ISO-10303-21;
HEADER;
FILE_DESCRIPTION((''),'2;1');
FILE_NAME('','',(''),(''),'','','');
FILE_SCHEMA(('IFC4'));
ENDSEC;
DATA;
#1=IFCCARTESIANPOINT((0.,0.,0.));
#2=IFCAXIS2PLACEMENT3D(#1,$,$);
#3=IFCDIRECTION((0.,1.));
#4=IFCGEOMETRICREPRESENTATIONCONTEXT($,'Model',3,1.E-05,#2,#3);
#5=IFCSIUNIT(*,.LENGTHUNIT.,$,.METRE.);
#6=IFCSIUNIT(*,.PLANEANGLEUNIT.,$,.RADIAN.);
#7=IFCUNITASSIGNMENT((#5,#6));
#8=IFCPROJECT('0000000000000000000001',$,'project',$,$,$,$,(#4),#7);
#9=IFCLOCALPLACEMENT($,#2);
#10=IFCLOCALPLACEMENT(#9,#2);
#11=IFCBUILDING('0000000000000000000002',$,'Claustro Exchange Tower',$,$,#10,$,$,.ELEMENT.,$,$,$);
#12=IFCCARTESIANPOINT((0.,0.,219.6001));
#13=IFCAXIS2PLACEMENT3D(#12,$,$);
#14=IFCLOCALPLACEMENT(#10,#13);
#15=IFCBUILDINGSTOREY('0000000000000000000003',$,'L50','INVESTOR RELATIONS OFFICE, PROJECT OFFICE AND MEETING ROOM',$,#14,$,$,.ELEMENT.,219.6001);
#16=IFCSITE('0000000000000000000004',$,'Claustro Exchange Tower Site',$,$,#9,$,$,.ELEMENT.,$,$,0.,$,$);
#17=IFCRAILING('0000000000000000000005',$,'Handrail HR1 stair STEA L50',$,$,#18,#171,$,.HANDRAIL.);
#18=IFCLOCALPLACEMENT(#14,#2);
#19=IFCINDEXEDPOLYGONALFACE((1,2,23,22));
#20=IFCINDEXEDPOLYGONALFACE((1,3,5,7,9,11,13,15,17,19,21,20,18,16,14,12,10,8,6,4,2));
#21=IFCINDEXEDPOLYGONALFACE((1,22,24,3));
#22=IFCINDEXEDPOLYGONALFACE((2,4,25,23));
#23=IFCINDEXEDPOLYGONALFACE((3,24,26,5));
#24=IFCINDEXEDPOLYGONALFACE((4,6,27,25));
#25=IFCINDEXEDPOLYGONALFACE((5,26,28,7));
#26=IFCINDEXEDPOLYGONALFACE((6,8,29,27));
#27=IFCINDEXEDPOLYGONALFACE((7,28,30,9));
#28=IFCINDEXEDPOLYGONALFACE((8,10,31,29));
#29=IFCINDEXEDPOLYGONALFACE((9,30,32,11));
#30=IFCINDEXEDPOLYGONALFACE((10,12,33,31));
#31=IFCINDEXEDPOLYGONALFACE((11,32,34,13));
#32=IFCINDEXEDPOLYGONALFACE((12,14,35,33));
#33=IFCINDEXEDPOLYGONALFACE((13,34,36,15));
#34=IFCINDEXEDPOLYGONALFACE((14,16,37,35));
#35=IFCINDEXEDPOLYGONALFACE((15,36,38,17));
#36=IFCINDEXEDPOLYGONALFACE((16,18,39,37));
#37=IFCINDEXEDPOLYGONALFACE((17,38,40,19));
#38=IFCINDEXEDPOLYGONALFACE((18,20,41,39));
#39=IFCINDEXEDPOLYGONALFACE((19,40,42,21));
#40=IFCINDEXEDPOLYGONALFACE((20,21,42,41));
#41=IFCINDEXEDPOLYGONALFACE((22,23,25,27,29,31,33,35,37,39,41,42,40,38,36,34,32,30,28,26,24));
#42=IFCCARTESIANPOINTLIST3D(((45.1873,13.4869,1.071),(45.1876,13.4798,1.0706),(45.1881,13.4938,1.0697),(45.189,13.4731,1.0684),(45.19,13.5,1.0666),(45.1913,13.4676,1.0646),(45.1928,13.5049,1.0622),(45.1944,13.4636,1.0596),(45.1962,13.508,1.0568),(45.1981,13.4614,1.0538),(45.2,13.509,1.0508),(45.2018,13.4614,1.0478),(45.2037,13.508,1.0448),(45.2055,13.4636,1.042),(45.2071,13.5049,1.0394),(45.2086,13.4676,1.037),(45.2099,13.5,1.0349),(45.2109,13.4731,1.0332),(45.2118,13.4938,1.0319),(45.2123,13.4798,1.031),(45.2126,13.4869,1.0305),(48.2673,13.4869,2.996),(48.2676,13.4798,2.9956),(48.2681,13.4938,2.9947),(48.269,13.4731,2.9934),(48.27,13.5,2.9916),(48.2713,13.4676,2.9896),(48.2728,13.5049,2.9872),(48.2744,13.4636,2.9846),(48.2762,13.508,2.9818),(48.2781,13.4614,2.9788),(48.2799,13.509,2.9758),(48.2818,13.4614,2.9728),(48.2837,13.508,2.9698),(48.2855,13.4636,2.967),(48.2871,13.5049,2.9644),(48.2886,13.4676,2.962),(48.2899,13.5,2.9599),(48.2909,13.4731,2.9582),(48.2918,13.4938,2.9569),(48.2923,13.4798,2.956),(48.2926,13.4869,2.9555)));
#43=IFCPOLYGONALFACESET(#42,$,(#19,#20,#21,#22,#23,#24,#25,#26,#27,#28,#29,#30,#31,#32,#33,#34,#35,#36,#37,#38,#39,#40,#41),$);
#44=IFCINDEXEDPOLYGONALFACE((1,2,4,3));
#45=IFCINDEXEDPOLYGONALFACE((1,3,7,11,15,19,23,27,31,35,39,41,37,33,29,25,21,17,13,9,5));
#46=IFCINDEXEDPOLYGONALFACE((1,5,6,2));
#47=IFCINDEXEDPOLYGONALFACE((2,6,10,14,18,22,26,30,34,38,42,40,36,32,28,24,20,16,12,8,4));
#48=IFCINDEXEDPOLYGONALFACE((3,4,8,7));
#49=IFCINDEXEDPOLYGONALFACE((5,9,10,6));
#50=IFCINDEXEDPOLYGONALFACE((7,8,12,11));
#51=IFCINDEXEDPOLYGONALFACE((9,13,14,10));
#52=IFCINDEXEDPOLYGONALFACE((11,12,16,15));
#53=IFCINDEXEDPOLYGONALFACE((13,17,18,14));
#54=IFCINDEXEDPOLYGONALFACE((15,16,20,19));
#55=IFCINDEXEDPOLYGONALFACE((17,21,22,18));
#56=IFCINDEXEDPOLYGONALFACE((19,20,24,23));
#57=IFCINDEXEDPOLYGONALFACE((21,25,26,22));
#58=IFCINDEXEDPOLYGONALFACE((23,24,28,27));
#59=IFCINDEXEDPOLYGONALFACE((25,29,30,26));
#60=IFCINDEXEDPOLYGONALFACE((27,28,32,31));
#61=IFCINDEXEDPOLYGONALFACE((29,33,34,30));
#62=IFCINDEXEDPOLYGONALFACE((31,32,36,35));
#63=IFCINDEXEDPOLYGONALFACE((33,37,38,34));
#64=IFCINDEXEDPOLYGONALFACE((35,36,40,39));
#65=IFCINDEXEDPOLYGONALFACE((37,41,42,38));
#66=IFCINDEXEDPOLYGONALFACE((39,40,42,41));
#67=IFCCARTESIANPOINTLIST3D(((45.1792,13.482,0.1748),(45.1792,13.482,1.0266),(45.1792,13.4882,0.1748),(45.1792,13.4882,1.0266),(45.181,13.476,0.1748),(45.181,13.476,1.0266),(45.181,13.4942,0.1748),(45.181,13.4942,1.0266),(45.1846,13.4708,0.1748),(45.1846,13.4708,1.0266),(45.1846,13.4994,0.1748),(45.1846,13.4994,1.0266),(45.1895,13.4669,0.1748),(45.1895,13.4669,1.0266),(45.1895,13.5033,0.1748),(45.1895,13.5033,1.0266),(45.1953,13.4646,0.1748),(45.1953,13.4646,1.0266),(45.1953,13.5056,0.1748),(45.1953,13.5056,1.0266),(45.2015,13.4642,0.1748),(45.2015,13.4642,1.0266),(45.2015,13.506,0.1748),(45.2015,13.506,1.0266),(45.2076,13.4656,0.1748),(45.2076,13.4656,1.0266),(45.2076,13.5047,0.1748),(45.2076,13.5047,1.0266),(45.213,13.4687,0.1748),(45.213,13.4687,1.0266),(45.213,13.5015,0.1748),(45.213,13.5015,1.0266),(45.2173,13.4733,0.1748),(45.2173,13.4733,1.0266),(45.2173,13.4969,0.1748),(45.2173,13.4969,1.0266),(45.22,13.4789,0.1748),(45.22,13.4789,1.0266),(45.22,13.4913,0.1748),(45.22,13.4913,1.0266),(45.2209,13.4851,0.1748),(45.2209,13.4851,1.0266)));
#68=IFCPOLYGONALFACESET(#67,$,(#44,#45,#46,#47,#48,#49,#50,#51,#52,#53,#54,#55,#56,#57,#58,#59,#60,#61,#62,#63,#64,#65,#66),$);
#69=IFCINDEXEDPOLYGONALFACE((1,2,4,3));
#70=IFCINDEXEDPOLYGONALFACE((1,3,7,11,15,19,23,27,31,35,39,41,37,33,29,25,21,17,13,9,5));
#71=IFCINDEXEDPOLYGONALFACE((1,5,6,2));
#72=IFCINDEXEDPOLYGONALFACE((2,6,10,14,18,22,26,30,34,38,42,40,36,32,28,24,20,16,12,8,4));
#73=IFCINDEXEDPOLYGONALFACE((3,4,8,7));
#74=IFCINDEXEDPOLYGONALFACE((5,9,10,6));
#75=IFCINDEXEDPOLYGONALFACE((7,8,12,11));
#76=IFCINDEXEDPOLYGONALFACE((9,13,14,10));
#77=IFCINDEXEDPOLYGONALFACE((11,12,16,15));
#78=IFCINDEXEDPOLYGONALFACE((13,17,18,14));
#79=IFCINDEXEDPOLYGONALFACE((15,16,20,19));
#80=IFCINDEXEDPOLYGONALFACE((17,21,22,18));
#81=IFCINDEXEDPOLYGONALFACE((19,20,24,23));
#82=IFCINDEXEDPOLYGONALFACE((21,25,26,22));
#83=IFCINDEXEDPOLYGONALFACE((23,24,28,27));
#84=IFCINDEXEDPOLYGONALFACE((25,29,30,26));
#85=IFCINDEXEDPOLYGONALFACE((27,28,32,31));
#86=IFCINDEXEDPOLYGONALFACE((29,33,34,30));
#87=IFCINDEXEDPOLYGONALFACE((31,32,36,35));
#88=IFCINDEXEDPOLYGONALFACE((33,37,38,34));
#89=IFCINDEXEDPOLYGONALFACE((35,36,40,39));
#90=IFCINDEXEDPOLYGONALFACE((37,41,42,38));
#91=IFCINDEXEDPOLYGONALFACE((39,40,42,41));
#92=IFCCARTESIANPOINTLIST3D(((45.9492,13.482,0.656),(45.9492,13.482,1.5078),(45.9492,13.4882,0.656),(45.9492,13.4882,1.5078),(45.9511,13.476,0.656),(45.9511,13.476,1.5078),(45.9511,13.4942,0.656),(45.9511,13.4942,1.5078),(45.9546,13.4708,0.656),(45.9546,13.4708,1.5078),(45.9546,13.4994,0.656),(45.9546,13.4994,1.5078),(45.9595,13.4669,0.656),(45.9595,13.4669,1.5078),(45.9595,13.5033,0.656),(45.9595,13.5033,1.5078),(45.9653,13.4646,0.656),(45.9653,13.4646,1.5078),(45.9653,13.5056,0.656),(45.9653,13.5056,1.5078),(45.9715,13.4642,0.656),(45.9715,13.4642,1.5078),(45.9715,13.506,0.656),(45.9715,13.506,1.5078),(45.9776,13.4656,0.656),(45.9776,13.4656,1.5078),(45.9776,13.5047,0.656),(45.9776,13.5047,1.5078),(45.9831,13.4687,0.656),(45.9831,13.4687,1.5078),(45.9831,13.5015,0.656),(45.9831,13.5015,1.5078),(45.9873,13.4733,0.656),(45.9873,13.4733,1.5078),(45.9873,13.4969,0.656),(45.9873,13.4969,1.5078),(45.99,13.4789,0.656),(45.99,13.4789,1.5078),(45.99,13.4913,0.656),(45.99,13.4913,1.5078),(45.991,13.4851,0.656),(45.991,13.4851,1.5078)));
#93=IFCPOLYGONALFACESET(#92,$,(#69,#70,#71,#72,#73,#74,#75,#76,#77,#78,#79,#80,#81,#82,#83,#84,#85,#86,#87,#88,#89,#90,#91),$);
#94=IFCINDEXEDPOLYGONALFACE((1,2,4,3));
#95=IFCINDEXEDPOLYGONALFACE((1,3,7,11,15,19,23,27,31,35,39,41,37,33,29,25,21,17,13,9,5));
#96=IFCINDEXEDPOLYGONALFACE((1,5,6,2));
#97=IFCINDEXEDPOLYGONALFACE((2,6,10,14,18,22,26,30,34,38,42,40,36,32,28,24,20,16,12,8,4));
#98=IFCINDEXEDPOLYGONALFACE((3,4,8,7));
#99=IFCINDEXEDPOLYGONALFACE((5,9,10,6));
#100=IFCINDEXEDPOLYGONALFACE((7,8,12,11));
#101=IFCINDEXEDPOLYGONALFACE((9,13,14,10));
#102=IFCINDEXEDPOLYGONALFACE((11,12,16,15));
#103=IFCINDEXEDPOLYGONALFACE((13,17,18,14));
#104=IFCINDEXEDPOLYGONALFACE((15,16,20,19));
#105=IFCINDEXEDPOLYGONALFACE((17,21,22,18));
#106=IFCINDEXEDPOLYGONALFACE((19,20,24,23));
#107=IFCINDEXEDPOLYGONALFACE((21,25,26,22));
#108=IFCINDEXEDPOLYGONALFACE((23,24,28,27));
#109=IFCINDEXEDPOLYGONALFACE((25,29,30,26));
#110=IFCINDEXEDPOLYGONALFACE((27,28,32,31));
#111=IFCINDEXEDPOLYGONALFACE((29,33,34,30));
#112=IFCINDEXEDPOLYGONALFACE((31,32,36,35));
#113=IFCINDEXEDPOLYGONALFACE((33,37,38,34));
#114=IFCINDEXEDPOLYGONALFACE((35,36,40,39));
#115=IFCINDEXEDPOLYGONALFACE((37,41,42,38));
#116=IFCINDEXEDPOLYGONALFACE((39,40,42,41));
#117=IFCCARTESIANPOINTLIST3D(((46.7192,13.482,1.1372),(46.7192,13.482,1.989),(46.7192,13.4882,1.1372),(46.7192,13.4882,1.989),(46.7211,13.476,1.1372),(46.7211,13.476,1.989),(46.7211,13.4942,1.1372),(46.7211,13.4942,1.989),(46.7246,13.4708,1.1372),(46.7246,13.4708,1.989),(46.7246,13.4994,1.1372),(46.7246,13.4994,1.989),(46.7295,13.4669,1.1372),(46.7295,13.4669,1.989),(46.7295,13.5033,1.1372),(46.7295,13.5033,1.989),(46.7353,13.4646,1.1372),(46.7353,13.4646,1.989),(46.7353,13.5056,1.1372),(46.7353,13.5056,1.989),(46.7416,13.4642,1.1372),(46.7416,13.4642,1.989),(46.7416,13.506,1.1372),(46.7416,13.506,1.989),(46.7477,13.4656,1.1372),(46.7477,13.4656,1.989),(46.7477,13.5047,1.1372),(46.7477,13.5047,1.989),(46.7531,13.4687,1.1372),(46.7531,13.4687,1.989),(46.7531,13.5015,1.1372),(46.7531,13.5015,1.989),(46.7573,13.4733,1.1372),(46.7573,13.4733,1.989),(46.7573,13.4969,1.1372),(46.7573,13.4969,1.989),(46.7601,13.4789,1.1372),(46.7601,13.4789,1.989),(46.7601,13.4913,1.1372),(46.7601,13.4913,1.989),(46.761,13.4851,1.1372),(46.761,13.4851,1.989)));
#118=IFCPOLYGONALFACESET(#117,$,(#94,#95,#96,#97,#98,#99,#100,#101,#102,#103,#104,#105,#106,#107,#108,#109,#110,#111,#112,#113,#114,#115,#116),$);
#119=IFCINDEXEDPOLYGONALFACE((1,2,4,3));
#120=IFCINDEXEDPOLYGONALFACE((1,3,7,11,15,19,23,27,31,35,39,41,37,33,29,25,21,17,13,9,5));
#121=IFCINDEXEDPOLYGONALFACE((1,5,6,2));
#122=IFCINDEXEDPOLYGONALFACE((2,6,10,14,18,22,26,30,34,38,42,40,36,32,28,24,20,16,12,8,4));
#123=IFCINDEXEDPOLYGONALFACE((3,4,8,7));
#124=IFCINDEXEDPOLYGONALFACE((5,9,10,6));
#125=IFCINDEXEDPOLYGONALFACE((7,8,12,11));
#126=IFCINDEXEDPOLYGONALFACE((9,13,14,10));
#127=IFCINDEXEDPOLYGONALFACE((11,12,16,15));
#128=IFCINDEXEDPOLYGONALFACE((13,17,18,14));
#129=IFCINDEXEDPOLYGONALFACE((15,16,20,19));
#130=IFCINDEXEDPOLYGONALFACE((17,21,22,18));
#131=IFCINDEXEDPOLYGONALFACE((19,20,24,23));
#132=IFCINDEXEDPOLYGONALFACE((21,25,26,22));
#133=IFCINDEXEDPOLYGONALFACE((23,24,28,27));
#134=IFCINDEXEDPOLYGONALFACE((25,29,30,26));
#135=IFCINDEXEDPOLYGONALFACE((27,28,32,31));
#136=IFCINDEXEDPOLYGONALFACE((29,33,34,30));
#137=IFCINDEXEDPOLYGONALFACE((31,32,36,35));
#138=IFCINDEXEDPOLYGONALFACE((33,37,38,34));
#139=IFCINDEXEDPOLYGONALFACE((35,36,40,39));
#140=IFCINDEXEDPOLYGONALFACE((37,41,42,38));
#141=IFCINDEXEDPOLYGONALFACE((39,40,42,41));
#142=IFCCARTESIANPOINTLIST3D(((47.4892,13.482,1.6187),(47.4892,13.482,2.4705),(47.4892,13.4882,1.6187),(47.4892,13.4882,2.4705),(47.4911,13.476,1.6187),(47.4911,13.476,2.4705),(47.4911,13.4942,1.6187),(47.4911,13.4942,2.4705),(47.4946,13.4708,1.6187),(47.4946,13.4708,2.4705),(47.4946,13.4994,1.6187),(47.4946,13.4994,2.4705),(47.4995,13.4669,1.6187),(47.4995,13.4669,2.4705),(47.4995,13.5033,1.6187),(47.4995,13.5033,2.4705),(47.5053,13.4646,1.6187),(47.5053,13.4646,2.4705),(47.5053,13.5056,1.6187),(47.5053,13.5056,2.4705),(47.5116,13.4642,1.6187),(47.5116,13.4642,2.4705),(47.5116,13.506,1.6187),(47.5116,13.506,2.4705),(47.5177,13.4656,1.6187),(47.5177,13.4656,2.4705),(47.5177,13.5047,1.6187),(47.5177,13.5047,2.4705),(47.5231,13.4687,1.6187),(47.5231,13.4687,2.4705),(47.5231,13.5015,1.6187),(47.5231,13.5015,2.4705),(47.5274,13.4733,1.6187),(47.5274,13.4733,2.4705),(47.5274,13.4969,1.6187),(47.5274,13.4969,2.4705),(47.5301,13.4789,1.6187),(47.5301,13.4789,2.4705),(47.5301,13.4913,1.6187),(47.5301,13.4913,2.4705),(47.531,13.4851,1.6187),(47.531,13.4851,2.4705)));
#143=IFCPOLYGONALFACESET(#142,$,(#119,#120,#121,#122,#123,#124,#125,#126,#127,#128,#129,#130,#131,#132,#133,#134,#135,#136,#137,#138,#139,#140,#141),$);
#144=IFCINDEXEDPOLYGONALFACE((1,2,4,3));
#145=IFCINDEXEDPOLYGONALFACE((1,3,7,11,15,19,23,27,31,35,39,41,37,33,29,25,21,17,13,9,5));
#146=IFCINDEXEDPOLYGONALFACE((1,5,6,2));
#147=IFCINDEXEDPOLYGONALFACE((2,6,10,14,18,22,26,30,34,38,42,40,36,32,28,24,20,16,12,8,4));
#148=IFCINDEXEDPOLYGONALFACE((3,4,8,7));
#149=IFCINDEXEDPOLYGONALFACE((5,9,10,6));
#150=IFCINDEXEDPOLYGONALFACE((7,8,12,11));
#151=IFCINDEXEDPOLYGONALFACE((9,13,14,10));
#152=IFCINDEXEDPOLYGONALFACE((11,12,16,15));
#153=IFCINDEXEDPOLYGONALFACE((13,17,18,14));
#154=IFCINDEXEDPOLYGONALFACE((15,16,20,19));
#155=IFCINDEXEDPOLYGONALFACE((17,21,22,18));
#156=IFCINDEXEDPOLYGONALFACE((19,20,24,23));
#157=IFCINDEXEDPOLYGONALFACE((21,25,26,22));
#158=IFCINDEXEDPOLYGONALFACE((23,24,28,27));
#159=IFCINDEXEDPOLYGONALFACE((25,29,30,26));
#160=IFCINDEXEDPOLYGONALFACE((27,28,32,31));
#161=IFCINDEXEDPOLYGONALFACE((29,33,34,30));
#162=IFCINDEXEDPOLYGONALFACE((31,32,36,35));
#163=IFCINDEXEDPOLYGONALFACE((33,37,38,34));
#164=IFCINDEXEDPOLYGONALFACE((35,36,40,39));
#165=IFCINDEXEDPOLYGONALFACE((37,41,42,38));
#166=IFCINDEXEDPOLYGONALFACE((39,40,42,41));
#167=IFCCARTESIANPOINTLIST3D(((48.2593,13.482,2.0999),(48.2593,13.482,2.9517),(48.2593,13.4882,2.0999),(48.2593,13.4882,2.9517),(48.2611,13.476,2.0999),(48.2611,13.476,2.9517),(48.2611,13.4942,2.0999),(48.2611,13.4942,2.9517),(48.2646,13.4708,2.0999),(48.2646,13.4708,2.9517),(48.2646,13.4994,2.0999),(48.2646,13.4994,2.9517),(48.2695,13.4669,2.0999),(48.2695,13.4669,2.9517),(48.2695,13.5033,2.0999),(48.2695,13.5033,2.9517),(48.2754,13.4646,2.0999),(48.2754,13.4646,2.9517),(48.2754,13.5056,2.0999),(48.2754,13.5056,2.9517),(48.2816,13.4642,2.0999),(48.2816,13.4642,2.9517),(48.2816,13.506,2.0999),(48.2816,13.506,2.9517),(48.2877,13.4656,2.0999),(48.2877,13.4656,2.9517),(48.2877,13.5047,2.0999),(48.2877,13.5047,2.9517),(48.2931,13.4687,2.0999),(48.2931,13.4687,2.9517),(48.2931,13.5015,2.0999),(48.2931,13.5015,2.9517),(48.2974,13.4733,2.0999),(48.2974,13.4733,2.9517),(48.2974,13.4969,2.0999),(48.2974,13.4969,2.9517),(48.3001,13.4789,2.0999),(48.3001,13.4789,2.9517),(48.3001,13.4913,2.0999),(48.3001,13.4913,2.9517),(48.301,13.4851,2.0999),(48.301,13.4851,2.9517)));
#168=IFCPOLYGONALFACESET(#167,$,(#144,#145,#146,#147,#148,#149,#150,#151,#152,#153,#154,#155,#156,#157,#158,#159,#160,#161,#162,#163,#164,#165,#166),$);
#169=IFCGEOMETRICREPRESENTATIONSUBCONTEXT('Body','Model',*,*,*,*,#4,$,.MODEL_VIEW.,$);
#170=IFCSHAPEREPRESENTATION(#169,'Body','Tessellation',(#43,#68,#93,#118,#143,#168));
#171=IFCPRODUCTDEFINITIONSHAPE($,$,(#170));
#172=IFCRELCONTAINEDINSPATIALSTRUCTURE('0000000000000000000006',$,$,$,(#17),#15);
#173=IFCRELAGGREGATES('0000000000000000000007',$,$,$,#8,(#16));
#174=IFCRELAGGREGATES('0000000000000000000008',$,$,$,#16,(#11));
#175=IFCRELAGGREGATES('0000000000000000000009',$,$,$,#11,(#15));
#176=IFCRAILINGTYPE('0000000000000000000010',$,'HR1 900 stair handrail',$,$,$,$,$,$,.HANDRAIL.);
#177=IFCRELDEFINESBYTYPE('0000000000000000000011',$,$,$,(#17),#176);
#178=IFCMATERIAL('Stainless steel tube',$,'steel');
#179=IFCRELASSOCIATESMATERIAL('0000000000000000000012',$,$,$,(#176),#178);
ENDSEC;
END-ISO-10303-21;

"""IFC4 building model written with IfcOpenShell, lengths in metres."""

from ifc_helpers import new_model, si_unit, direction, frame, origin, origin_2d, place, context, subcontext, project, spatial, circle, extrude, material, type_object, element, save


model = new_model("IFC4")

# Units and contexts
model_context = context("Model", 3, precision=1e-05, world=origin(), true_north=direction((0.0, 1.0)))
body_context = subcontext(model_context, "Body", "Model", "MODEL_VIEW")
ifc_project = project(units=[si_unit("LENGTHUNIT", "METRE"), si_unit("PLANEANGLEUNIT", "RADIAN")], contexts=[model_context])

# Site, building, storey
site_placement = place(None, origin())
site = spatial("IfcSite", under=ifc_project, at=site_placement, Name="Claustro Exchange Tower Site", CompositionType="ELEMENT", RefElevation=0.0)
building_placement = place(site_placement, origin())
building = spatial("IfcBuilding", under=site, at=building_placement, Name="Claustro Exchange Tower", CompositionType="ELEMENT")
storey_placement = place(building_placement, frame((0.0, 0.0, 219.6001)))
storey = spatial("IfcBuildingStorey", under=building, at=storey_placement, Name="L50", Description="INVESTOR RELATIONS OFFICE, PROJECT OFFICE AND MEETING ROOM", CompositionType="ELEMENT", Elevation=219.6001)

# Railing
ifc_material_1 = material(Name="Stainless steel tube", Category="steel")
railing_type_1 = type_object("IfcRailingType", Name="HR1 900 stair handrail", PredefinedType="HANDRAIL", material=ifc_material_1)
railing_1_placement = place(storey_placement, frame((45.2, 13.4851, 0.1748)))
element("IfcRailing", 1, at=railing_1_placement, inside=storey, type_object=railing_type_1, Name="Handrail HR1 stair STEA L50", PredefinedType="HANDRAIL", context=body_context, shape_type="SweptSolid", body=[
    extrude(circle(Radius=0.0239, at=origin_2d()), frame((0.0, 0.0, 0.876), z_axis=(0.847998, 0.0, 0.529999), x_axis=(0.0, 1.0, 0.0)), (0.0, 0.0, 1.0), 3.6321),
    extrude(circle(Radius=0.021, at=origin_2d()), origin(), (0.0, 0.0, 1.0), 0.8518),
    extrude(circle(Radius=0.021, at=origin_2d()), frame((0.77, 0.0, 0.4812)), (0.0, 0.0, 1.0), 0.8518),
    extrude(circle(Radius=0.021, at=origin_2d()), frame((1.54, 0.0, 0.9624)), (0.0, 0.0, 1.0), 0.8518),
    extrude(circle(Radius=0.021, at=origin_2d()), frame((2.3101, 0.0, 1.4438)), (0.0, 0.0, 1.0), 0.8518),
    extrude(circle(Radius=0.021, at=origin_2d()), frame((3.0801, 0.0, 1.925)), (0.0, 0.0, 1.0), 0.8518),
])

save(model, "model.ifc")
